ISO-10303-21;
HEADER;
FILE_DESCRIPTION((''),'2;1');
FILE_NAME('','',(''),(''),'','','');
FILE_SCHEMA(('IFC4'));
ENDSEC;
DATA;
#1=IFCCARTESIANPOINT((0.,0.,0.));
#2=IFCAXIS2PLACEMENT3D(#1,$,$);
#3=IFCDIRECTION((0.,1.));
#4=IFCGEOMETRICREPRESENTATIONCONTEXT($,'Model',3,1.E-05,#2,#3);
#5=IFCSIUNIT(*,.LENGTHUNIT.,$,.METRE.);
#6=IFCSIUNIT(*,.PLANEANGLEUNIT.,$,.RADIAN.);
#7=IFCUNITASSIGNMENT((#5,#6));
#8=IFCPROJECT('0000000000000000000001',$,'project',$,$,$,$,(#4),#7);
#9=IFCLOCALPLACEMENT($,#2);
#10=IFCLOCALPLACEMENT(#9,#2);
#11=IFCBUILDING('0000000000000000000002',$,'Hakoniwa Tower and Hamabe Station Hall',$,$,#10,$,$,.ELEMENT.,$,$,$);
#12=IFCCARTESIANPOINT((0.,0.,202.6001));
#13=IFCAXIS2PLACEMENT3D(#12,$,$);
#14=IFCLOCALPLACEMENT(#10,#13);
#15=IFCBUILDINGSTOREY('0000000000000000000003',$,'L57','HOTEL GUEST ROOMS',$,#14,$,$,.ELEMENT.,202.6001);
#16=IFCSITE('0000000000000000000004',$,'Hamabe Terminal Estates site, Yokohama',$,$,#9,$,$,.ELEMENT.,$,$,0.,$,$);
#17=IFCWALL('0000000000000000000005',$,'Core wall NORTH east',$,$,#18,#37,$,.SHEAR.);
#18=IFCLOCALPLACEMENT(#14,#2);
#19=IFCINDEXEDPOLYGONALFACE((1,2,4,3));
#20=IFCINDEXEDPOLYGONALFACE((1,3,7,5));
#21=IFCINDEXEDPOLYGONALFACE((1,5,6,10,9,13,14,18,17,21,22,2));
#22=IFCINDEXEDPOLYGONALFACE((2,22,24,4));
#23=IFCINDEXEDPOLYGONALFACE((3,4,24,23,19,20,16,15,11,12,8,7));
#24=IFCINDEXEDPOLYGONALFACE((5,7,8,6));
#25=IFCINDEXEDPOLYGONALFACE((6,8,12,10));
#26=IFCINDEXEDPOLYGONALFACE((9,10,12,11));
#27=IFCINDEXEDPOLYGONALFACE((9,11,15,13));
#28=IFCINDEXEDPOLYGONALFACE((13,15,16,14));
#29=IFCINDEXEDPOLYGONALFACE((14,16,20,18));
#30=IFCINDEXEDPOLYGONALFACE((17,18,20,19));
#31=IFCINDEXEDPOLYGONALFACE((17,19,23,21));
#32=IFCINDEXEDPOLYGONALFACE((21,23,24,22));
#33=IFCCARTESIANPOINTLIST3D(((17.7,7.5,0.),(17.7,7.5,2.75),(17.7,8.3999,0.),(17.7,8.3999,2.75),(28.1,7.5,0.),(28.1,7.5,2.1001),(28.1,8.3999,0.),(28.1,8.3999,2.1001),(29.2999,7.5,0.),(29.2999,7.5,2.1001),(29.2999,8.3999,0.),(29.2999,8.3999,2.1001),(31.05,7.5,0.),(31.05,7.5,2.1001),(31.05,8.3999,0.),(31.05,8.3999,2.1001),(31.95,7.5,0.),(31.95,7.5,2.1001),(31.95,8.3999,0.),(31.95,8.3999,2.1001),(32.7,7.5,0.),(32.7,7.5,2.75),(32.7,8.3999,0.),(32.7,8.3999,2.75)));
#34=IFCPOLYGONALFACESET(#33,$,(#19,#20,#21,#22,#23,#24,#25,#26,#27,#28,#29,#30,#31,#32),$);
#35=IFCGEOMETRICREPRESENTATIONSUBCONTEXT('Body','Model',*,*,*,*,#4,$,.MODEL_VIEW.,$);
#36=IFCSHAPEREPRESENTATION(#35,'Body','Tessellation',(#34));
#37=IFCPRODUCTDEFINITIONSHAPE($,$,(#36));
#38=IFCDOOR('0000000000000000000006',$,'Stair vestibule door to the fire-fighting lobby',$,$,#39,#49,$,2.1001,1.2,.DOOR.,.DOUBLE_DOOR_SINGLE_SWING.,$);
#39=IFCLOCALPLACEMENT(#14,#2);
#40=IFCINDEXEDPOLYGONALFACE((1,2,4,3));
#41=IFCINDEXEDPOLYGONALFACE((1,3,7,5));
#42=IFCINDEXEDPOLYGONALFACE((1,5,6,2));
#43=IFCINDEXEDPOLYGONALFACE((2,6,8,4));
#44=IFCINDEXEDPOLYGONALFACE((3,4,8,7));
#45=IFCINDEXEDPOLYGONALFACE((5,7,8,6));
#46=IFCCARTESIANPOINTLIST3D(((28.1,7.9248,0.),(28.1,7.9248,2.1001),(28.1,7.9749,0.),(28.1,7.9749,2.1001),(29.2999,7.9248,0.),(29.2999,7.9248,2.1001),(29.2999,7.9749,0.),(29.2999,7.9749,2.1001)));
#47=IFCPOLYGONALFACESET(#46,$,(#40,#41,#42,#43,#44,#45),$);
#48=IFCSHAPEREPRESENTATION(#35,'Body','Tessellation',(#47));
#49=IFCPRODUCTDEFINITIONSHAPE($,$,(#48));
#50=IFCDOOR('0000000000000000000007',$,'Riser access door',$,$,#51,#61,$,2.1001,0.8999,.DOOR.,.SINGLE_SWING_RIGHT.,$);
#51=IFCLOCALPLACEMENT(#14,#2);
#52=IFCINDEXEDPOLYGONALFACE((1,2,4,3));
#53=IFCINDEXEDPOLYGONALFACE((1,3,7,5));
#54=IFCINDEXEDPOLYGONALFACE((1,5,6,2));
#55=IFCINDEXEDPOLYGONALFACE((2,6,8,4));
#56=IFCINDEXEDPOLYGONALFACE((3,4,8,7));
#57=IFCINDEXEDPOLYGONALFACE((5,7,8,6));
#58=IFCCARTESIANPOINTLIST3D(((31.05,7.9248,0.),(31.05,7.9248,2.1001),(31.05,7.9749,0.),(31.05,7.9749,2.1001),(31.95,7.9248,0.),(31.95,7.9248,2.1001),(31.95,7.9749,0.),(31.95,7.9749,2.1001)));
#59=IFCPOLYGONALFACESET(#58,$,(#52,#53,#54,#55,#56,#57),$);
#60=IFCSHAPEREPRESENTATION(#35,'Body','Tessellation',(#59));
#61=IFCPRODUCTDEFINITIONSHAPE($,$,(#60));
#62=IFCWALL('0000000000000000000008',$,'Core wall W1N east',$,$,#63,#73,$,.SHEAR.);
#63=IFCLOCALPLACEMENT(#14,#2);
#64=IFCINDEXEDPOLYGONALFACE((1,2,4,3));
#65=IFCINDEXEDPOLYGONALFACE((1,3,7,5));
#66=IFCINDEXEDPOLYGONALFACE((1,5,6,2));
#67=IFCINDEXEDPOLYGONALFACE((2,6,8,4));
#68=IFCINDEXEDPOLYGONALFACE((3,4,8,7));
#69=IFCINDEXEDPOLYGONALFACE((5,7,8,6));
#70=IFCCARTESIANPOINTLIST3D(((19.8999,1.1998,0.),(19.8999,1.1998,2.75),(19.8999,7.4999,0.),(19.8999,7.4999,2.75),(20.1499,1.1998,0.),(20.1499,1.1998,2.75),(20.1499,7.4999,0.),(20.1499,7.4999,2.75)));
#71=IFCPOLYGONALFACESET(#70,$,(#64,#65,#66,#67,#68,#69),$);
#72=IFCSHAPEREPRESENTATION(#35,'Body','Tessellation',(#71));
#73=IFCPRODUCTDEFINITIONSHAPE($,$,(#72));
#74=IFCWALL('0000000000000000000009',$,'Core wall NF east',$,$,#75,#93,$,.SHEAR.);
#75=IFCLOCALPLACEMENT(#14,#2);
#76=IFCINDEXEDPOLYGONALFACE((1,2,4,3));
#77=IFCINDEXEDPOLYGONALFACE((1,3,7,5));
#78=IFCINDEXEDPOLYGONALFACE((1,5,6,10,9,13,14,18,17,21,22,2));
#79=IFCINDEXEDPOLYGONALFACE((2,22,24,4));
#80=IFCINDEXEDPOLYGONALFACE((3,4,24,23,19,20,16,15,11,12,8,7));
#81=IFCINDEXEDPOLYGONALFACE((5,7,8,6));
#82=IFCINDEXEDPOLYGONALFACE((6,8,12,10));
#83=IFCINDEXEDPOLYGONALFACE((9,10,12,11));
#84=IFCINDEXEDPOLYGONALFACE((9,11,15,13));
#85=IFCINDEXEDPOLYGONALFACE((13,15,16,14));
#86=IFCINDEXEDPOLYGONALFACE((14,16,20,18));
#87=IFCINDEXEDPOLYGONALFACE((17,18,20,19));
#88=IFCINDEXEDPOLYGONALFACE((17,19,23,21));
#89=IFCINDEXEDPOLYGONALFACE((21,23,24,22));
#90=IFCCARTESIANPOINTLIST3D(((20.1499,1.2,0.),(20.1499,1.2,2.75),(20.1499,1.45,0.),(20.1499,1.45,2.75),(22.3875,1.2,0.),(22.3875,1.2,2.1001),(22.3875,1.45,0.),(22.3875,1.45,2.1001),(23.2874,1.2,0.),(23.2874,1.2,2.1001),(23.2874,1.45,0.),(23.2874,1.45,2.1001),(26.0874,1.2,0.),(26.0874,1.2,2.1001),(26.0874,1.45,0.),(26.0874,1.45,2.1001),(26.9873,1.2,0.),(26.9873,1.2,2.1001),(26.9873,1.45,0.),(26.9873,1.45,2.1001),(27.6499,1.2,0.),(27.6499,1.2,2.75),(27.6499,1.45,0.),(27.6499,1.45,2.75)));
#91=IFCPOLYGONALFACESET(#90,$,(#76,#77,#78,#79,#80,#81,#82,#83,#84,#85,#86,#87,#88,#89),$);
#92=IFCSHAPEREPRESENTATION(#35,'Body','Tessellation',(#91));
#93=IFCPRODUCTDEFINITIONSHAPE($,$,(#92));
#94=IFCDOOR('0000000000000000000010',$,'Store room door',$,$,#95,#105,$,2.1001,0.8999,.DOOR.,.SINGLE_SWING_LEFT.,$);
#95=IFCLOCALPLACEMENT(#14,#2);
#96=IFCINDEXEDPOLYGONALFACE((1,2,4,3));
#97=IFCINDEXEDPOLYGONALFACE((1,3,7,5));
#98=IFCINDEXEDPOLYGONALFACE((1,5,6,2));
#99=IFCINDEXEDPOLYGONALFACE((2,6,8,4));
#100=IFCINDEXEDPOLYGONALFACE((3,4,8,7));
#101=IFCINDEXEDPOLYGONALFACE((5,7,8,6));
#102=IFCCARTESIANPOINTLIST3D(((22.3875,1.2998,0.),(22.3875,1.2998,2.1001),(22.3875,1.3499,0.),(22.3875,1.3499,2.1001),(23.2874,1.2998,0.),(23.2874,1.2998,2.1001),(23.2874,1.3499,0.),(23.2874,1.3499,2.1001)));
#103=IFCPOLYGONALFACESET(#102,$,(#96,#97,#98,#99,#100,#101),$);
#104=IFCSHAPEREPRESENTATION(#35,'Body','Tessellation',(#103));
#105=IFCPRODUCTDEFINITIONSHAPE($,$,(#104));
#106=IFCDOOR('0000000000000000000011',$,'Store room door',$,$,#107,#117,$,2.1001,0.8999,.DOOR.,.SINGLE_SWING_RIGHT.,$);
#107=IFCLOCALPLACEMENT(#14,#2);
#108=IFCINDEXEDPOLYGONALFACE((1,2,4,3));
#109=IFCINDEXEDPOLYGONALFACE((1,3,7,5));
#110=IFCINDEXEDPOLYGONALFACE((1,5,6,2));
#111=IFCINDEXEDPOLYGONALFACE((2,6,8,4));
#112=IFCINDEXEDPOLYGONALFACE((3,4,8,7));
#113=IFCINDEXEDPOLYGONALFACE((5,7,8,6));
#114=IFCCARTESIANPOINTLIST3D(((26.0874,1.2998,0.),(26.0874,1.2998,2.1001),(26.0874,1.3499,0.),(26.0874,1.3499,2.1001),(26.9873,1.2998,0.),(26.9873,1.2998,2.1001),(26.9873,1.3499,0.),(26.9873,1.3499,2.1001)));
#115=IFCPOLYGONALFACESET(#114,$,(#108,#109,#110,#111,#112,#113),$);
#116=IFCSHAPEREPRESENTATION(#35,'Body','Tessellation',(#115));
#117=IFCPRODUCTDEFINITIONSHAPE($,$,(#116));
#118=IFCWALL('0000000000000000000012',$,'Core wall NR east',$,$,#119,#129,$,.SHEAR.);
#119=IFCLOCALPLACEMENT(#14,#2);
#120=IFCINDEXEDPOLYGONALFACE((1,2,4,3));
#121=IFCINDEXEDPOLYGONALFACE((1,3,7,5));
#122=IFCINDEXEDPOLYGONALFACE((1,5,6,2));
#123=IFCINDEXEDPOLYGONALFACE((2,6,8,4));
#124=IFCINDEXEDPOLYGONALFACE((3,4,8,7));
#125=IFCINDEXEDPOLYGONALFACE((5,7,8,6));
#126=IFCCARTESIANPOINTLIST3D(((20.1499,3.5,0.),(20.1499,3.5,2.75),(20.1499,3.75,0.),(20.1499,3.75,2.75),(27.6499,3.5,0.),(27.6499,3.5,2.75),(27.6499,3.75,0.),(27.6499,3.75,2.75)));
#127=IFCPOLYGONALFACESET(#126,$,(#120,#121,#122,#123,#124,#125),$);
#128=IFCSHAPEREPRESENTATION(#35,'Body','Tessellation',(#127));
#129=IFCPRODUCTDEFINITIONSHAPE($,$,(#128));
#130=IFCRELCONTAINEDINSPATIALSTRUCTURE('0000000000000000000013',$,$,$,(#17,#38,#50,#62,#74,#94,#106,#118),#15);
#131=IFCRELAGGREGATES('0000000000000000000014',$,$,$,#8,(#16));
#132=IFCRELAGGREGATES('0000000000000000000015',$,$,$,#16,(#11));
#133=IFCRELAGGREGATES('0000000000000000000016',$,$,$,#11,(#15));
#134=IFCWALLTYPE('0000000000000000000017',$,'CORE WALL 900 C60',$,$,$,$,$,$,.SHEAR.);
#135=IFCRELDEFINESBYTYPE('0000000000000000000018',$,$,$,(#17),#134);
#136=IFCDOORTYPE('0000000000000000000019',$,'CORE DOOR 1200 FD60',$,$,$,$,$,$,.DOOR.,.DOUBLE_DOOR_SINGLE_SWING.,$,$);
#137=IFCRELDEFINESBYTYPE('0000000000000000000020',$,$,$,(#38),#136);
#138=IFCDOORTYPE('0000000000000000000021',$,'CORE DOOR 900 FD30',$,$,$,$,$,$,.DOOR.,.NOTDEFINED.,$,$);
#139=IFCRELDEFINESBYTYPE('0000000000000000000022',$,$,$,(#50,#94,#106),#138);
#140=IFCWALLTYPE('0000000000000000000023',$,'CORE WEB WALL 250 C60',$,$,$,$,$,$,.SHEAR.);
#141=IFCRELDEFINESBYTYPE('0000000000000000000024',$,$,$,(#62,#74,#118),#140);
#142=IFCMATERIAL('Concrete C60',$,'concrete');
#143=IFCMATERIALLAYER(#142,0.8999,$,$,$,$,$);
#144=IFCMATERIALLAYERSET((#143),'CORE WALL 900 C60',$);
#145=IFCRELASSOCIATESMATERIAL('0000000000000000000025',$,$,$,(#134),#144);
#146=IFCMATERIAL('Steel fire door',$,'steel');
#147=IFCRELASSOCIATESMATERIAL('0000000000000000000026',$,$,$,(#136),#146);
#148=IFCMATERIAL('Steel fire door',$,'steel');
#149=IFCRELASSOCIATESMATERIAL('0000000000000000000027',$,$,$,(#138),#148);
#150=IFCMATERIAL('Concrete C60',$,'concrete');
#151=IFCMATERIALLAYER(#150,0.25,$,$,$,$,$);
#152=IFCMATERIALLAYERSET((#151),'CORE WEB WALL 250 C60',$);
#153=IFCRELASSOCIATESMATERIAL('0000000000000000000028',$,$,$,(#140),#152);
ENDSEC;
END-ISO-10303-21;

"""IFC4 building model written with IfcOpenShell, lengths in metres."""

from ifc_helpers import new_model, si_unit, direction, frame, frame_2d, origin, place, context, subcontext, project, spatial, rectangle, extrude, material, layer, layer_set, type_object, element, fill, save


model = new_model("IFC4")

# Units and contexts
model_context = context("Model", 3, precision=1e-05, world=origin(), true_north=direction((0.0, 1.0)))
body_context = subcontext(model_context, "Body", "Model", "MODEL_VIEW")
ifc_project = project(units=[si_unit("LENGTHUNIT", "METRE"), si_unit("PLANEANGLEUNIT", "RADIAN")], contexts=[model_context])

# Site, building, storey
site_placement = place(None, origin())
site = spatial("IfcSite", under=ifc_project, at=site_placement, Name="Hamabe Terminal Estates site, Yokohama", CompositionType="ELEMENT", RefElevation=0.0)
building_placement = place(site_placement, origin())
building = spatial("IfcBuilding", under=site, at=building_placement, Name="Hakoniwa Tower and Hamabe Station Hall", CompositionType="ELEMENT")
storey_placement = place(building_placement, frame((0.0, 0.0, 202.6001)))
storey = spatial("IfcBuildingStorey", under=building, at=storey_placement, Name="L57", Description="HOTEL GUEST ROOMS", CompositionType="ELEMENT", Elevation=202.6001)

# Wall, openings, doors
ifc_material_1 = material(Name="Concrete C60", Category="concrete")
ifc_layer_1 = layer(ifc_material_1, 0.8999)
ifc_layer_set_1 = layer_set([ifc_layer_1], Name="CORE WALL 900 C60")
wall_type_1 = type_object("IfcWallType", Name="CORE WALL 900 C60", PredefinedType="SHEAR", material=ifc_layer_set_1)
wall_1_placement = place(storey_placement, frame((17.7, 7.95, 0.0), z_axis=(0.0, 0.0, 1.0), x_axis=(1.0, 0.0, 0.0)))
wall_1 = element("IfcWall", 1, at=wall_1_placement, inside=storey, type_object=wall_type_1, Name="Core wall NORTH east", PredefinedType="SHEAR", context=body_context, shape_type="SweptSolid", body=[
    extrude(rectangle(XDim=15.0, YDim=0.8999, at=frame_2d((7.5, 0.0))), origin(), (0.0, 0.0, 1.0), 2.75),
])
opening_1_placement = place(wall_1_placement, frame((10.3999, 0.0, 0.0)))
opening_1 = element("IfcOpeningElement", 2, at=opening_1_placement, cuts=wall_1, PredefinedType="OPENING", context=body_context, shape_type="SweptSolid", body=[
    extrude(rectangle(XDim=1.2, YDim=2.1001, at=frame_2d((0.6001, 1.05))), frame((0.0, 0.46, 0.0), z_axis=(0.0, -1.0, 0.0), x_axis=(1.0, 0.0, 0.0)), (0.0, 0.0, 1.0), 0.9199),
])
opening_2_placement = place(wall_1_placement, frame((13.3501, 0.0, 0.0)))
opening_2 = element("IfcOpeningElement", 3, at=opening_2_placement, cuts=wall_1, PredefinedType="OPENING", context=body_context, shape_type="SweptSolid", body=[
    extrude(rectangle(XDim=0.8999, YDim=2.1001, at=frame_2d((0.45, 1.05))), frame((0.0, 0.46, 0.0), z_axis=(0.0, -1.0, 0.0), x_axis=(1.0, 0.0, 0.0)), (0.0, 0.0, 1.0), 0.9199),
])
ifc_material_2 = material(Name="Steel fire door", Category="steel")
door_type_1 = type_object("IfcDoorType", Name="CORE DOOR 1200 FD60", OperationType="DOUBLE_DOOR_SINGLE_SWING", PredefinedType="DOOR", material=ifc_material_2)
door_1_placement = place(opening_1_placement, origin())
door_1 = element("IfcDoor", 4, at=door_1_placement, inside=storey, type_object=door_type_1, Name="Stair vestibule door to the fire-fighting lobby", OperationType="DOUBLE_DOOR_SINGLE_SWING", OverallHeight=2.1001, OverallWidth=1.2, PredefinedType="DOOR", context=body_context, shape_type="SweptSolid", body=[
    extrude(rectangle(XDim=1.2, YDim=2.1001, at=frame_2d((0.6001, 1.05))), frame((0.0, 0.0249, 0.0), z_axis=(0.0, -1.0, 0.0), x_axis=(1.0, 0.0, 0.0)), (0.0, 0.0, 1.0), 0.05),
])
fill(opening_1, door_1)
ifc_material_3 = material(Name="Steel fire door", Category="steel")
door_type_2 = type_object("IfcDoorType", Name="CORE DOOR 900 FD30", OperationType="NOTDEFINED", PredefinedType="DOOR", material=ifc_material_3)
door_2_placement = place(opening_2_placement, origin())
door_2 = element("IfcDoor", 5, at=door_2_placement, inside=storey, type_object=door_type_2, Name="Riser access door", OperationType="SINGLE_SWING_RIGHT", OverallHeight=2.1001, OverallWidth=0.8999, PredefinedType="DOOR", context=body_context, shape_type="SweptSolid", body=[
    extrude(rectangle(XDim=0.8999, YDim=2.1001, at=frame_2d((0.45, 1.05))), frame((0.0, 0.0249, 0.0), z_axis=(0.0, -1.0, 0.0), x_axis=(1.0, 0.0, 0.0)), (0.0, 0.0, 1.0), 0.05),
])
fill(opening_2, door_2)

# Wall
ifc_material_4 = material(Name="Concrete C60", Category="concrete")
ifc_layer_2 = layer(ifc_material_4, 0.25)
ifc_layer_set_2 = layer_set([ifc_layer_2], Name="CORE WEB WALL 250 C60")
wall_type_2 = type_object("IfcWallType", Name="CORE WEB WALL 250 C60", PredefinedType="SHEAR", material=ifc_layer_set_2)
wall_2_placement = place(storey_placement, frame((20.0249, 1.2, 0.0), z_axis=(0.0, 0.0, 1.0), x_axis=(0.0, 1.0, 0.0)))
element("IfcWall", 6, at=wall_2_placement, inside=storey, type_object=wall_type_2, Name="Core wall W1N east", PredefinedType="SHEAR", context=body_context, shape_type="SweptSolid", body=[
    extrude(rectangle(XDim=6.3, YDim=0.25, at=frame_2d((3.1499, 0.0))), origin(), (0.0, 0.0, 1.0), 2.75),
])

# Wall, openings, doors
wall_3_placement = place(storey_placement, frame((20.1499, 1.325, 0.0), z_axis=(0.0, 0.0, 1.0), x_axis=(1.0, 0.0, 0.0)))
wall_3 = element("IfcWall", 7, at=wall_3_placement, inside=storey, type_object=wall_type_2, Name="Core wall NF east", PredefinedType="SHEAR", context=body_context, shape_type="SweptSolid", body=[
    extrude(rectangle(XDim=7.5, YDim=0.25, at=frame_2d((3.75, 0.0))), origin(), (0.0, 0.0, 1.0), 2.75),
])
opening_3_placement = place(wall_3_placement, frame((2.2375, 0.0, 0.0)))
opening_3 = element("IfcOpeningElement", 8, at=opening_3_placement, cuts=wall_3, PredefinedType="OPENING", context=body_context, shape_type="SweptSolid", body=[
    extrude(rectangle(XDim=0.8999, YDim=2.1001, at=frame_2d((0.45, 1.05))), frame((0.0, 0.135, 0.0), z_axis=(0.0, -1.0, 0.0), x_axis=(1.0, 0.0, 0.0)), (0.0, 0.0, 1.0), 0.27),
])
opening_4_placement = place(wall_3_placement, frame((5.9375, 0.0, 0.0)))
opening_4 = element("IfcOpeningElement", 9, at=opening_4_placement, cuts=wall_3, PredefinedType="OPENING", context=body_context, shape_type="SweptSolid", body=[
    extrude(rectangle(XDim=0.8999, YDim=2.1001, at=frame_2d((0.45, 1.05))), frame((0.0, 0.135, 0.0), z_axis=(0.0, -1.0, 0.0), x_axis=(1.0, 0.0, 0.0)), (0.0, 0.0, 1.0), 0.27),
])
door_3_placement = place(opening_3_placement, origin())
door_3 = element("IfcDoor", 10, at=door_3_placement, inside=storey, type_object=door_type_2, Name="Store room door", OperationType="SINGLE_SWING_LEFT", OverallHeight=2.1001, OverallWidth=0.8999, PredefinedType="DOOR", context=body_context, shape_type="SweptSolid", body=[
    extrude(rectangle(XDim=0.8999, YDim=2.1001, at=frame_2d((0.45, 1.05))), frame((0.0, 0.0249, 0.0), z_axis=(0.0, -1.0, 0.0), x_axis=(1.0, 0.0, 0.0)), (0.0, 0.0, 1.0), 0.05),
])
fill(opening_3, door_3)
door_4_placement = place(opening_4_placement, origin())
door_4 = element("IfcDoor", 11, at=door_4_placement, inside=storey, type_object=door_type_2, Name="Store room door", OperationType="SINGLE_SWING_RIGHT", OverallHeight=2.1001, OverallWidth=0.8999, PredefinedType="DOOR", context=body_context, shape_type="SweptSolid", body=[
    extrude(rectangle(XDim=0.8999, YDim=2.1001, at=frame_2d((0.45, 1.05))), frame((0.0, 0.0249, 0.0), z_axis=(0.0, -1.0, 0.0), x_axis=(1.0, 0.0, 0.0)), (0.0, 0.0, 1.0), 0.05),
])
fill(opening_4, door_4)

# Wall
wall_4_placement = place(storey_placement, frame((20.1499, 3.625, 0.0), z_axis=(0.0, 0.0, 1.0), x_axis=(1.0, 0.0, 0.0)))
element("IfcWall", 12, at=wall_4_placement, inside=storey, type_object=wall_type_2, Name="Core wall NR east", PredefinedType="SHEAR", context=body_context, shape_type="SweptSolid", body=[
    extrude(rectangle(XDim=7.5, YDim=0.25, at=frame_2d((3.75, 0.0))), origin(), (0.0, 0.0, 1.0), 2.75),
])

save(model, "model.ifc")
